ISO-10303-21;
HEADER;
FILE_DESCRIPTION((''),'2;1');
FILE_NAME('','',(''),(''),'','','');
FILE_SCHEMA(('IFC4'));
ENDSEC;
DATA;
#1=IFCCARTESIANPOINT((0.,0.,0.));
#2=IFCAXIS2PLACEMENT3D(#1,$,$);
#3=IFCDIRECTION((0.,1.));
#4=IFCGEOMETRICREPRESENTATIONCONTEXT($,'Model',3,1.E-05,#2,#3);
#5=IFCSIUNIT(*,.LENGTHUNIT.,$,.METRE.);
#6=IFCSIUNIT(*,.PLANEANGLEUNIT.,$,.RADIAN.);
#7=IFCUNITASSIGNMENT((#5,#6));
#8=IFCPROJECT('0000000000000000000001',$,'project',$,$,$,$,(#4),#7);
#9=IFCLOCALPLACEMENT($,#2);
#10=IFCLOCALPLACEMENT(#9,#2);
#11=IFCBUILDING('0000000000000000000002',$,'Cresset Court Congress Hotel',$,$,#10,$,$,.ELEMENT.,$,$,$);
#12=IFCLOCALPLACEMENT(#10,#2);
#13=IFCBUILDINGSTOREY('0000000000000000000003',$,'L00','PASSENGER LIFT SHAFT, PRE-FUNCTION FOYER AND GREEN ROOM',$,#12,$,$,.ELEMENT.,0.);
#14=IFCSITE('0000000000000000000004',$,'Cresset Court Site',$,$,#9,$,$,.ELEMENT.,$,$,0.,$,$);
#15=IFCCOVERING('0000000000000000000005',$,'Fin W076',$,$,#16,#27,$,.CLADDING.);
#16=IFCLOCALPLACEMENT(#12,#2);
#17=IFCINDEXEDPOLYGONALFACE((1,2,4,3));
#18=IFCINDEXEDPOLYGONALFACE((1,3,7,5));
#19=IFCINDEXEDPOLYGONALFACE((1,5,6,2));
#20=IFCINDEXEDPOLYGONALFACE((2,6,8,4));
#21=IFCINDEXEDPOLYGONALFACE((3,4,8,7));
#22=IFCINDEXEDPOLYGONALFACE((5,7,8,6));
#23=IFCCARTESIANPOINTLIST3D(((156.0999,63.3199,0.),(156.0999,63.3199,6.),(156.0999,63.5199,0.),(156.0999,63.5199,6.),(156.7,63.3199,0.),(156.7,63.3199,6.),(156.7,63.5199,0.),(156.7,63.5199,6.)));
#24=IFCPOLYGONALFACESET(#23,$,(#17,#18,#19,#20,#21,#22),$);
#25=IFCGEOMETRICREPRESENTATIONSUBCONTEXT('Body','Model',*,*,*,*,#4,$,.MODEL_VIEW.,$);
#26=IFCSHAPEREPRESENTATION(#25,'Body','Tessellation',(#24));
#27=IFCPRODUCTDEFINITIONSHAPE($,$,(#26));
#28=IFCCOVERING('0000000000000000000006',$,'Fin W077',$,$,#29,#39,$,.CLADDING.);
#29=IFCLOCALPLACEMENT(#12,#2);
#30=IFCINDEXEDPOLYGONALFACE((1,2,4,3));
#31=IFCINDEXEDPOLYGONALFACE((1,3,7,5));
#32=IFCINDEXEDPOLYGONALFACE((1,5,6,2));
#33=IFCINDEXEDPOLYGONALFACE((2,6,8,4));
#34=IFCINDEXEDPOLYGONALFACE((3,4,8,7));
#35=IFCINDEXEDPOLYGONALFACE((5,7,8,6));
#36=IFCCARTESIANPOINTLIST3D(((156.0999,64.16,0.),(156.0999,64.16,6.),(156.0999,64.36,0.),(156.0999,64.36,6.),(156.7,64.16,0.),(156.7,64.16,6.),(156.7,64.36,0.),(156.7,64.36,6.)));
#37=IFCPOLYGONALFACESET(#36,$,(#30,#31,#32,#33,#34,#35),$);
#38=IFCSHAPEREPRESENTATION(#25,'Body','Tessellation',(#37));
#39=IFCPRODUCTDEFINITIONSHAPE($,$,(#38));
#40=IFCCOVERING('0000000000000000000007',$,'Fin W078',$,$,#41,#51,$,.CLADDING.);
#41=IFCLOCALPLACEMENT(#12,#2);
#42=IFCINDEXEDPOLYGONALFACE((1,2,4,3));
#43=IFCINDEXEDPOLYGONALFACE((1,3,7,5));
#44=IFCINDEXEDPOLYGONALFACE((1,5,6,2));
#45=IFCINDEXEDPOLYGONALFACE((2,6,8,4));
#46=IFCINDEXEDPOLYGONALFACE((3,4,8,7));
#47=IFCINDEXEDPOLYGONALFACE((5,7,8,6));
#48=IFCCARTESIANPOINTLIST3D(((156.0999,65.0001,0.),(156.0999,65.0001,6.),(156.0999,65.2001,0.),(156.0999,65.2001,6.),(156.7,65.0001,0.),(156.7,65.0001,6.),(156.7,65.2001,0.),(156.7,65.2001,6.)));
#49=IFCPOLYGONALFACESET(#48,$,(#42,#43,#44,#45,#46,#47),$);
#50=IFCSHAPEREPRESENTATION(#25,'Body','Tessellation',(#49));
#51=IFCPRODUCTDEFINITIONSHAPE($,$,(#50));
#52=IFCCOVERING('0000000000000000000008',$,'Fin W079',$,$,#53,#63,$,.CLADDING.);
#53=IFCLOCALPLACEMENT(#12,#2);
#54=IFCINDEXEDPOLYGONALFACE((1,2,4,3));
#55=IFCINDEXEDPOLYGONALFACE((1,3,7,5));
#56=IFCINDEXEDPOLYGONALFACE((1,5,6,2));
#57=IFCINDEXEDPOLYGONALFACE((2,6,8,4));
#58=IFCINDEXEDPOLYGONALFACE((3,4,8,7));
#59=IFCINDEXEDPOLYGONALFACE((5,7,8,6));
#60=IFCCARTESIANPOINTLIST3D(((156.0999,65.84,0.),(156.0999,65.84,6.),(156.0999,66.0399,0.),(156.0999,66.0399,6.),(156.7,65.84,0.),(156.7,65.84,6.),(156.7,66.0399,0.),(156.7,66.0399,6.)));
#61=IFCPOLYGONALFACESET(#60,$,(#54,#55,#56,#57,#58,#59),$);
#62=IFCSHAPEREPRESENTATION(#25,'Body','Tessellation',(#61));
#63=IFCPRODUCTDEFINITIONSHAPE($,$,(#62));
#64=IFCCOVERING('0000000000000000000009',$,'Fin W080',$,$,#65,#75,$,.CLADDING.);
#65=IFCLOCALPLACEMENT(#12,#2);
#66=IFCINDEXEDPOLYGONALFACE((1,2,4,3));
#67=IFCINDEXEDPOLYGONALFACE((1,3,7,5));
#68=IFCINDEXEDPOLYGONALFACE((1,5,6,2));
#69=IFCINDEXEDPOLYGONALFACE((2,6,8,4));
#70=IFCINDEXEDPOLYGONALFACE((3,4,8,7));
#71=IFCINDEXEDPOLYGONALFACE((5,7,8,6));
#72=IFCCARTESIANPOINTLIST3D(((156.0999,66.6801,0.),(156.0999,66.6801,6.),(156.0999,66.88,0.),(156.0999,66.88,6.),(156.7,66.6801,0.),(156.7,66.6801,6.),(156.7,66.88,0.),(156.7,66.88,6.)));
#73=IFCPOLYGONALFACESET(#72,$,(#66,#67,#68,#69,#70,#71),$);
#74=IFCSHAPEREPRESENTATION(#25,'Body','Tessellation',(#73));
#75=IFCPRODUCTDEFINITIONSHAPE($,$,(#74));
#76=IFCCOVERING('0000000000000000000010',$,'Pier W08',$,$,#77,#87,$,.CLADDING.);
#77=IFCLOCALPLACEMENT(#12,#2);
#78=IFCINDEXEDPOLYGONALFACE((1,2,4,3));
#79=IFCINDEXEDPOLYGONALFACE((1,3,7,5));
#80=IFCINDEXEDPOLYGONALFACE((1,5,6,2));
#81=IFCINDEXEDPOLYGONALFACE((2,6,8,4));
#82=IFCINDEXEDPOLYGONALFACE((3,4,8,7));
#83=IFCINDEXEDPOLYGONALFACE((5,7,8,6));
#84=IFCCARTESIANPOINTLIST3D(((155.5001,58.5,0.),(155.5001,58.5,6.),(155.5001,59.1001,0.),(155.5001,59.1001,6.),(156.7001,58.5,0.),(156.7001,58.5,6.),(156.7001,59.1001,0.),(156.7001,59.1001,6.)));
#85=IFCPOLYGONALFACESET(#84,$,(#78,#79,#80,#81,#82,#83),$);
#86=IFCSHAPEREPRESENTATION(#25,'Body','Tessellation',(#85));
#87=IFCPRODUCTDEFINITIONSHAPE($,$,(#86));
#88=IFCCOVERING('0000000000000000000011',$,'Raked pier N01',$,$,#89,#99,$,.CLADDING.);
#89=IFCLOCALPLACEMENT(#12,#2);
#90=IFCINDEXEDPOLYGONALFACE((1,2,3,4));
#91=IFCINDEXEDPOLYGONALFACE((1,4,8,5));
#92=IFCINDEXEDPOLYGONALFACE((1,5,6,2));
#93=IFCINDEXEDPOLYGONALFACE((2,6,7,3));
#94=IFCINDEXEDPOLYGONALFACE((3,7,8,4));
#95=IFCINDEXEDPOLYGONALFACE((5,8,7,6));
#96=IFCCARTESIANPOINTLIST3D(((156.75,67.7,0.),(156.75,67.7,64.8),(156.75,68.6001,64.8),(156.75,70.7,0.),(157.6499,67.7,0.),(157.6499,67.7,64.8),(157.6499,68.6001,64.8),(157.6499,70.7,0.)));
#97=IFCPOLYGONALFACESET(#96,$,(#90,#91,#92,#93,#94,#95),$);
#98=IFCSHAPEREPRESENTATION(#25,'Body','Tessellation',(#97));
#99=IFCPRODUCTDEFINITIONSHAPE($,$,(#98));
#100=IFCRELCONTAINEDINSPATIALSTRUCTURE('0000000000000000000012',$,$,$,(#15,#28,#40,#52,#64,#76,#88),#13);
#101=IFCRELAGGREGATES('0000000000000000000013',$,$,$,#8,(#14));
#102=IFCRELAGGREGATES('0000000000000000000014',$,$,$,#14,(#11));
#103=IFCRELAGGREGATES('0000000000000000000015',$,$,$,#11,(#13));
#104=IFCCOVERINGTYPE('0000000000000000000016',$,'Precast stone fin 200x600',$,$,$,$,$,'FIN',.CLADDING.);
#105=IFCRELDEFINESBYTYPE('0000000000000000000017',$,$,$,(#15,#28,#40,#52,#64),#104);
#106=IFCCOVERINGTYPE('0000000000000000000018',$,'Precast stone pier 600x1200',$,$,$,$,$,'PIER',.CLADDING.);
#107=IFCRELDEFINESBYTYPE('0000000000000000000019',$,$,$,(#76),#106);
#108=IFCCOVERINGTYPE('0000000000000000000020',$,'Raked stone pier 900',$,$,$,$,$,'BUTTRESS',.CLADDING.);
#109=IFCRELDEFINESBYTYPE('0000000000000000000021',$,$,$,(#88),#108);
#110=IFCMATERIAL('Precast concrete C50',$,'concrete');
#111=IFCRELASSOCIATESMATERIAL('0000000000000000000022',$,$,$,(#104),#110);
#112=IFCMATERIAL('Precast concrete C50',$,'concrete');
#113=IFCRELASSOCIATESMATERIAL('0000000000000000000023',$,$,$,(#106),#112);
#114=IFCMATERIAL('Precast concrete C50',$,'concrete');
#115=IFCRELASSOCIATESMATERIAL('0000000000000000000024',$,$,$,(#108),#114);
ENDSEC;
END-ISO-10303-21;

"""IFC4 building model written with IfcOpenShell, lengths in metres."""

from ifc_helpers import new_model, si_unit, direction, frame, origin, origin_2d, place, context, subcontext, project, spatial, polyline, rectangle, outline, extrude, material, type_object, element, save


model = new_model("IFC4")

# Units and contexts
model_context = context("Model", 3, precision=1e-05, world=origin(), true_north=direction((0.0, 1.0)))
body_context = subcontext(model_context, "Body", "Model", "MODEL_VIEW")
ifc_project = project(units=[si_unit("LENGTHUNIT", "METRE"), si_unit("PLANEANGLEUNIT", "RADIAN")], contexts=[model_context])

# Site, building, storey
site_placement = place(None, origin())
site = spatial("IfcSite", under=ifc_project, at=site_placement, Name="Cresset Court Site", CompositionType="ELEMENT", RefElevation=0.0)
building_placement = place(site_placement, origin())
building = spatial("IfcBuilding", under=site, at=building_placement, Name="Cresset Court Congress Hotel", CompositionType="ELEMENT")
storey_placement = place(building_placement, origin())
storey = spatial("IfcBuildingStorey", under=building, at=storey_placement, Name="L00", Description="PASSENGER LIFT SHAFT, PRE-FUNCTION FOYER AND GREEN ROOM", CompositionType="ELEMENT", Elevation=0.0)

# Coverings
ifc_material_1 = material(Name="Precast concrete C50", Category="concrete")
covering_type_1 = type_object("IfcCoveringType", Name="Precast stone fin 200x600", ElementType="FIN", PredefinedType="CLADDING", material=ifc_material_1)
for number, where, z_axis, x_axis, name in (
    (1, (156.3999, 63.4199, 0.0), (0.0, 0.0, 1.0), (1.0, 0.0, 0.0), "Fin W076"),
    (2, (156.3999, 64.26, 0.0), (0.0, 0.0, 1.0), (1.0, 0.0, 0.0), "Fin W077"),
    (3, (156.3999, 65.1001, 0.0), (0.0, 0.0, 1.0), (1.0, 0.0, 0.0), "Fin W078"),
    (4, (156.3999, 65.9399, 0.0), (0.0, 0.0, 1.0), (1.0, 0.0, 0.0), "Fin W079"),
    (5, (156.3999, 66.78, 0.0), (0.0, 0.0, 1.0), (1.0, 0.0, 0.0), "Fin W080"),
):
    element("IfcCovering", number, at=place(storey_placement, frame(where, z_axis=z_axis, x_axis=x_axis)), inside=storey, type_object=covering_type_1, Name=name, PredefinedType="CLADDING", context=body_context, shape_type="SweptSolid", body=[
        extrude(rectangle(XDim=0.6001, YDim=0.2, at=origin_2d()), origin(), (0.0, 0.0, 1.0), 6.0),
    ])
ifc_material_2 = material(Name="Precast concrete C50", Category="concrete")
covering_type_2 = type_object("IfcCoveringType", Name="Precast stone pier 600x1200", ElementType="PIER", PredefinedType="CLADDING", material=ifc_material_2)
covering_1_placement = place(storey_placement, frame((156.1001, 58.8, 0.0), z_axis=(0.0, 0.0, 1.0), x_axis=(1.0, 0.0, 0.0)))
element("IfcCovering", 6, at=covering_1_placement, inside=storey, type_object=covering_type_2, Name="Pier W08", PredefinedType="CLADDING", context=body_context, shape_type="SweptSolid", body=[
    extrude(rectangle(XDim=1.2, YDim=0.6001, at=origin_2d()), origin(), (0.0, 0.0, 1.0), 6.0),
])
ifc_material_3 = material(Name="Precast concrete C50", Category="concrete")
covering_type_3 = type_object("IfcCoveringType", Name="Raked stone pier 900", ElementType="BUTTRESS", PredefinedType="CLADDING", material=ifc_material_3)
covering_2_placement = place(storey_placement, frame((157.6499, 67.7, 0.0), z_axis=(1.0, 0.0, 0.0), x_axis=(0.0, 1.0, 0.0)))
element("IfcCovering", 7, at=covering_2_placement, inside=storey, type_object=covering_type_3, Name="Raked pier N01", PredefinedType="CLADDING", context=body_context, shape_type="SweptSolid", body=[
    extrude(outline(polyline([(0.0, 0.0), (3.0, 0.0), (0.9001, 64.8), (0.0, 64.8), (0.0, 0.0)])), origin(), (0.0, 0.0, -1.0), 0.8999),
])

save(model, "model.ifc")
